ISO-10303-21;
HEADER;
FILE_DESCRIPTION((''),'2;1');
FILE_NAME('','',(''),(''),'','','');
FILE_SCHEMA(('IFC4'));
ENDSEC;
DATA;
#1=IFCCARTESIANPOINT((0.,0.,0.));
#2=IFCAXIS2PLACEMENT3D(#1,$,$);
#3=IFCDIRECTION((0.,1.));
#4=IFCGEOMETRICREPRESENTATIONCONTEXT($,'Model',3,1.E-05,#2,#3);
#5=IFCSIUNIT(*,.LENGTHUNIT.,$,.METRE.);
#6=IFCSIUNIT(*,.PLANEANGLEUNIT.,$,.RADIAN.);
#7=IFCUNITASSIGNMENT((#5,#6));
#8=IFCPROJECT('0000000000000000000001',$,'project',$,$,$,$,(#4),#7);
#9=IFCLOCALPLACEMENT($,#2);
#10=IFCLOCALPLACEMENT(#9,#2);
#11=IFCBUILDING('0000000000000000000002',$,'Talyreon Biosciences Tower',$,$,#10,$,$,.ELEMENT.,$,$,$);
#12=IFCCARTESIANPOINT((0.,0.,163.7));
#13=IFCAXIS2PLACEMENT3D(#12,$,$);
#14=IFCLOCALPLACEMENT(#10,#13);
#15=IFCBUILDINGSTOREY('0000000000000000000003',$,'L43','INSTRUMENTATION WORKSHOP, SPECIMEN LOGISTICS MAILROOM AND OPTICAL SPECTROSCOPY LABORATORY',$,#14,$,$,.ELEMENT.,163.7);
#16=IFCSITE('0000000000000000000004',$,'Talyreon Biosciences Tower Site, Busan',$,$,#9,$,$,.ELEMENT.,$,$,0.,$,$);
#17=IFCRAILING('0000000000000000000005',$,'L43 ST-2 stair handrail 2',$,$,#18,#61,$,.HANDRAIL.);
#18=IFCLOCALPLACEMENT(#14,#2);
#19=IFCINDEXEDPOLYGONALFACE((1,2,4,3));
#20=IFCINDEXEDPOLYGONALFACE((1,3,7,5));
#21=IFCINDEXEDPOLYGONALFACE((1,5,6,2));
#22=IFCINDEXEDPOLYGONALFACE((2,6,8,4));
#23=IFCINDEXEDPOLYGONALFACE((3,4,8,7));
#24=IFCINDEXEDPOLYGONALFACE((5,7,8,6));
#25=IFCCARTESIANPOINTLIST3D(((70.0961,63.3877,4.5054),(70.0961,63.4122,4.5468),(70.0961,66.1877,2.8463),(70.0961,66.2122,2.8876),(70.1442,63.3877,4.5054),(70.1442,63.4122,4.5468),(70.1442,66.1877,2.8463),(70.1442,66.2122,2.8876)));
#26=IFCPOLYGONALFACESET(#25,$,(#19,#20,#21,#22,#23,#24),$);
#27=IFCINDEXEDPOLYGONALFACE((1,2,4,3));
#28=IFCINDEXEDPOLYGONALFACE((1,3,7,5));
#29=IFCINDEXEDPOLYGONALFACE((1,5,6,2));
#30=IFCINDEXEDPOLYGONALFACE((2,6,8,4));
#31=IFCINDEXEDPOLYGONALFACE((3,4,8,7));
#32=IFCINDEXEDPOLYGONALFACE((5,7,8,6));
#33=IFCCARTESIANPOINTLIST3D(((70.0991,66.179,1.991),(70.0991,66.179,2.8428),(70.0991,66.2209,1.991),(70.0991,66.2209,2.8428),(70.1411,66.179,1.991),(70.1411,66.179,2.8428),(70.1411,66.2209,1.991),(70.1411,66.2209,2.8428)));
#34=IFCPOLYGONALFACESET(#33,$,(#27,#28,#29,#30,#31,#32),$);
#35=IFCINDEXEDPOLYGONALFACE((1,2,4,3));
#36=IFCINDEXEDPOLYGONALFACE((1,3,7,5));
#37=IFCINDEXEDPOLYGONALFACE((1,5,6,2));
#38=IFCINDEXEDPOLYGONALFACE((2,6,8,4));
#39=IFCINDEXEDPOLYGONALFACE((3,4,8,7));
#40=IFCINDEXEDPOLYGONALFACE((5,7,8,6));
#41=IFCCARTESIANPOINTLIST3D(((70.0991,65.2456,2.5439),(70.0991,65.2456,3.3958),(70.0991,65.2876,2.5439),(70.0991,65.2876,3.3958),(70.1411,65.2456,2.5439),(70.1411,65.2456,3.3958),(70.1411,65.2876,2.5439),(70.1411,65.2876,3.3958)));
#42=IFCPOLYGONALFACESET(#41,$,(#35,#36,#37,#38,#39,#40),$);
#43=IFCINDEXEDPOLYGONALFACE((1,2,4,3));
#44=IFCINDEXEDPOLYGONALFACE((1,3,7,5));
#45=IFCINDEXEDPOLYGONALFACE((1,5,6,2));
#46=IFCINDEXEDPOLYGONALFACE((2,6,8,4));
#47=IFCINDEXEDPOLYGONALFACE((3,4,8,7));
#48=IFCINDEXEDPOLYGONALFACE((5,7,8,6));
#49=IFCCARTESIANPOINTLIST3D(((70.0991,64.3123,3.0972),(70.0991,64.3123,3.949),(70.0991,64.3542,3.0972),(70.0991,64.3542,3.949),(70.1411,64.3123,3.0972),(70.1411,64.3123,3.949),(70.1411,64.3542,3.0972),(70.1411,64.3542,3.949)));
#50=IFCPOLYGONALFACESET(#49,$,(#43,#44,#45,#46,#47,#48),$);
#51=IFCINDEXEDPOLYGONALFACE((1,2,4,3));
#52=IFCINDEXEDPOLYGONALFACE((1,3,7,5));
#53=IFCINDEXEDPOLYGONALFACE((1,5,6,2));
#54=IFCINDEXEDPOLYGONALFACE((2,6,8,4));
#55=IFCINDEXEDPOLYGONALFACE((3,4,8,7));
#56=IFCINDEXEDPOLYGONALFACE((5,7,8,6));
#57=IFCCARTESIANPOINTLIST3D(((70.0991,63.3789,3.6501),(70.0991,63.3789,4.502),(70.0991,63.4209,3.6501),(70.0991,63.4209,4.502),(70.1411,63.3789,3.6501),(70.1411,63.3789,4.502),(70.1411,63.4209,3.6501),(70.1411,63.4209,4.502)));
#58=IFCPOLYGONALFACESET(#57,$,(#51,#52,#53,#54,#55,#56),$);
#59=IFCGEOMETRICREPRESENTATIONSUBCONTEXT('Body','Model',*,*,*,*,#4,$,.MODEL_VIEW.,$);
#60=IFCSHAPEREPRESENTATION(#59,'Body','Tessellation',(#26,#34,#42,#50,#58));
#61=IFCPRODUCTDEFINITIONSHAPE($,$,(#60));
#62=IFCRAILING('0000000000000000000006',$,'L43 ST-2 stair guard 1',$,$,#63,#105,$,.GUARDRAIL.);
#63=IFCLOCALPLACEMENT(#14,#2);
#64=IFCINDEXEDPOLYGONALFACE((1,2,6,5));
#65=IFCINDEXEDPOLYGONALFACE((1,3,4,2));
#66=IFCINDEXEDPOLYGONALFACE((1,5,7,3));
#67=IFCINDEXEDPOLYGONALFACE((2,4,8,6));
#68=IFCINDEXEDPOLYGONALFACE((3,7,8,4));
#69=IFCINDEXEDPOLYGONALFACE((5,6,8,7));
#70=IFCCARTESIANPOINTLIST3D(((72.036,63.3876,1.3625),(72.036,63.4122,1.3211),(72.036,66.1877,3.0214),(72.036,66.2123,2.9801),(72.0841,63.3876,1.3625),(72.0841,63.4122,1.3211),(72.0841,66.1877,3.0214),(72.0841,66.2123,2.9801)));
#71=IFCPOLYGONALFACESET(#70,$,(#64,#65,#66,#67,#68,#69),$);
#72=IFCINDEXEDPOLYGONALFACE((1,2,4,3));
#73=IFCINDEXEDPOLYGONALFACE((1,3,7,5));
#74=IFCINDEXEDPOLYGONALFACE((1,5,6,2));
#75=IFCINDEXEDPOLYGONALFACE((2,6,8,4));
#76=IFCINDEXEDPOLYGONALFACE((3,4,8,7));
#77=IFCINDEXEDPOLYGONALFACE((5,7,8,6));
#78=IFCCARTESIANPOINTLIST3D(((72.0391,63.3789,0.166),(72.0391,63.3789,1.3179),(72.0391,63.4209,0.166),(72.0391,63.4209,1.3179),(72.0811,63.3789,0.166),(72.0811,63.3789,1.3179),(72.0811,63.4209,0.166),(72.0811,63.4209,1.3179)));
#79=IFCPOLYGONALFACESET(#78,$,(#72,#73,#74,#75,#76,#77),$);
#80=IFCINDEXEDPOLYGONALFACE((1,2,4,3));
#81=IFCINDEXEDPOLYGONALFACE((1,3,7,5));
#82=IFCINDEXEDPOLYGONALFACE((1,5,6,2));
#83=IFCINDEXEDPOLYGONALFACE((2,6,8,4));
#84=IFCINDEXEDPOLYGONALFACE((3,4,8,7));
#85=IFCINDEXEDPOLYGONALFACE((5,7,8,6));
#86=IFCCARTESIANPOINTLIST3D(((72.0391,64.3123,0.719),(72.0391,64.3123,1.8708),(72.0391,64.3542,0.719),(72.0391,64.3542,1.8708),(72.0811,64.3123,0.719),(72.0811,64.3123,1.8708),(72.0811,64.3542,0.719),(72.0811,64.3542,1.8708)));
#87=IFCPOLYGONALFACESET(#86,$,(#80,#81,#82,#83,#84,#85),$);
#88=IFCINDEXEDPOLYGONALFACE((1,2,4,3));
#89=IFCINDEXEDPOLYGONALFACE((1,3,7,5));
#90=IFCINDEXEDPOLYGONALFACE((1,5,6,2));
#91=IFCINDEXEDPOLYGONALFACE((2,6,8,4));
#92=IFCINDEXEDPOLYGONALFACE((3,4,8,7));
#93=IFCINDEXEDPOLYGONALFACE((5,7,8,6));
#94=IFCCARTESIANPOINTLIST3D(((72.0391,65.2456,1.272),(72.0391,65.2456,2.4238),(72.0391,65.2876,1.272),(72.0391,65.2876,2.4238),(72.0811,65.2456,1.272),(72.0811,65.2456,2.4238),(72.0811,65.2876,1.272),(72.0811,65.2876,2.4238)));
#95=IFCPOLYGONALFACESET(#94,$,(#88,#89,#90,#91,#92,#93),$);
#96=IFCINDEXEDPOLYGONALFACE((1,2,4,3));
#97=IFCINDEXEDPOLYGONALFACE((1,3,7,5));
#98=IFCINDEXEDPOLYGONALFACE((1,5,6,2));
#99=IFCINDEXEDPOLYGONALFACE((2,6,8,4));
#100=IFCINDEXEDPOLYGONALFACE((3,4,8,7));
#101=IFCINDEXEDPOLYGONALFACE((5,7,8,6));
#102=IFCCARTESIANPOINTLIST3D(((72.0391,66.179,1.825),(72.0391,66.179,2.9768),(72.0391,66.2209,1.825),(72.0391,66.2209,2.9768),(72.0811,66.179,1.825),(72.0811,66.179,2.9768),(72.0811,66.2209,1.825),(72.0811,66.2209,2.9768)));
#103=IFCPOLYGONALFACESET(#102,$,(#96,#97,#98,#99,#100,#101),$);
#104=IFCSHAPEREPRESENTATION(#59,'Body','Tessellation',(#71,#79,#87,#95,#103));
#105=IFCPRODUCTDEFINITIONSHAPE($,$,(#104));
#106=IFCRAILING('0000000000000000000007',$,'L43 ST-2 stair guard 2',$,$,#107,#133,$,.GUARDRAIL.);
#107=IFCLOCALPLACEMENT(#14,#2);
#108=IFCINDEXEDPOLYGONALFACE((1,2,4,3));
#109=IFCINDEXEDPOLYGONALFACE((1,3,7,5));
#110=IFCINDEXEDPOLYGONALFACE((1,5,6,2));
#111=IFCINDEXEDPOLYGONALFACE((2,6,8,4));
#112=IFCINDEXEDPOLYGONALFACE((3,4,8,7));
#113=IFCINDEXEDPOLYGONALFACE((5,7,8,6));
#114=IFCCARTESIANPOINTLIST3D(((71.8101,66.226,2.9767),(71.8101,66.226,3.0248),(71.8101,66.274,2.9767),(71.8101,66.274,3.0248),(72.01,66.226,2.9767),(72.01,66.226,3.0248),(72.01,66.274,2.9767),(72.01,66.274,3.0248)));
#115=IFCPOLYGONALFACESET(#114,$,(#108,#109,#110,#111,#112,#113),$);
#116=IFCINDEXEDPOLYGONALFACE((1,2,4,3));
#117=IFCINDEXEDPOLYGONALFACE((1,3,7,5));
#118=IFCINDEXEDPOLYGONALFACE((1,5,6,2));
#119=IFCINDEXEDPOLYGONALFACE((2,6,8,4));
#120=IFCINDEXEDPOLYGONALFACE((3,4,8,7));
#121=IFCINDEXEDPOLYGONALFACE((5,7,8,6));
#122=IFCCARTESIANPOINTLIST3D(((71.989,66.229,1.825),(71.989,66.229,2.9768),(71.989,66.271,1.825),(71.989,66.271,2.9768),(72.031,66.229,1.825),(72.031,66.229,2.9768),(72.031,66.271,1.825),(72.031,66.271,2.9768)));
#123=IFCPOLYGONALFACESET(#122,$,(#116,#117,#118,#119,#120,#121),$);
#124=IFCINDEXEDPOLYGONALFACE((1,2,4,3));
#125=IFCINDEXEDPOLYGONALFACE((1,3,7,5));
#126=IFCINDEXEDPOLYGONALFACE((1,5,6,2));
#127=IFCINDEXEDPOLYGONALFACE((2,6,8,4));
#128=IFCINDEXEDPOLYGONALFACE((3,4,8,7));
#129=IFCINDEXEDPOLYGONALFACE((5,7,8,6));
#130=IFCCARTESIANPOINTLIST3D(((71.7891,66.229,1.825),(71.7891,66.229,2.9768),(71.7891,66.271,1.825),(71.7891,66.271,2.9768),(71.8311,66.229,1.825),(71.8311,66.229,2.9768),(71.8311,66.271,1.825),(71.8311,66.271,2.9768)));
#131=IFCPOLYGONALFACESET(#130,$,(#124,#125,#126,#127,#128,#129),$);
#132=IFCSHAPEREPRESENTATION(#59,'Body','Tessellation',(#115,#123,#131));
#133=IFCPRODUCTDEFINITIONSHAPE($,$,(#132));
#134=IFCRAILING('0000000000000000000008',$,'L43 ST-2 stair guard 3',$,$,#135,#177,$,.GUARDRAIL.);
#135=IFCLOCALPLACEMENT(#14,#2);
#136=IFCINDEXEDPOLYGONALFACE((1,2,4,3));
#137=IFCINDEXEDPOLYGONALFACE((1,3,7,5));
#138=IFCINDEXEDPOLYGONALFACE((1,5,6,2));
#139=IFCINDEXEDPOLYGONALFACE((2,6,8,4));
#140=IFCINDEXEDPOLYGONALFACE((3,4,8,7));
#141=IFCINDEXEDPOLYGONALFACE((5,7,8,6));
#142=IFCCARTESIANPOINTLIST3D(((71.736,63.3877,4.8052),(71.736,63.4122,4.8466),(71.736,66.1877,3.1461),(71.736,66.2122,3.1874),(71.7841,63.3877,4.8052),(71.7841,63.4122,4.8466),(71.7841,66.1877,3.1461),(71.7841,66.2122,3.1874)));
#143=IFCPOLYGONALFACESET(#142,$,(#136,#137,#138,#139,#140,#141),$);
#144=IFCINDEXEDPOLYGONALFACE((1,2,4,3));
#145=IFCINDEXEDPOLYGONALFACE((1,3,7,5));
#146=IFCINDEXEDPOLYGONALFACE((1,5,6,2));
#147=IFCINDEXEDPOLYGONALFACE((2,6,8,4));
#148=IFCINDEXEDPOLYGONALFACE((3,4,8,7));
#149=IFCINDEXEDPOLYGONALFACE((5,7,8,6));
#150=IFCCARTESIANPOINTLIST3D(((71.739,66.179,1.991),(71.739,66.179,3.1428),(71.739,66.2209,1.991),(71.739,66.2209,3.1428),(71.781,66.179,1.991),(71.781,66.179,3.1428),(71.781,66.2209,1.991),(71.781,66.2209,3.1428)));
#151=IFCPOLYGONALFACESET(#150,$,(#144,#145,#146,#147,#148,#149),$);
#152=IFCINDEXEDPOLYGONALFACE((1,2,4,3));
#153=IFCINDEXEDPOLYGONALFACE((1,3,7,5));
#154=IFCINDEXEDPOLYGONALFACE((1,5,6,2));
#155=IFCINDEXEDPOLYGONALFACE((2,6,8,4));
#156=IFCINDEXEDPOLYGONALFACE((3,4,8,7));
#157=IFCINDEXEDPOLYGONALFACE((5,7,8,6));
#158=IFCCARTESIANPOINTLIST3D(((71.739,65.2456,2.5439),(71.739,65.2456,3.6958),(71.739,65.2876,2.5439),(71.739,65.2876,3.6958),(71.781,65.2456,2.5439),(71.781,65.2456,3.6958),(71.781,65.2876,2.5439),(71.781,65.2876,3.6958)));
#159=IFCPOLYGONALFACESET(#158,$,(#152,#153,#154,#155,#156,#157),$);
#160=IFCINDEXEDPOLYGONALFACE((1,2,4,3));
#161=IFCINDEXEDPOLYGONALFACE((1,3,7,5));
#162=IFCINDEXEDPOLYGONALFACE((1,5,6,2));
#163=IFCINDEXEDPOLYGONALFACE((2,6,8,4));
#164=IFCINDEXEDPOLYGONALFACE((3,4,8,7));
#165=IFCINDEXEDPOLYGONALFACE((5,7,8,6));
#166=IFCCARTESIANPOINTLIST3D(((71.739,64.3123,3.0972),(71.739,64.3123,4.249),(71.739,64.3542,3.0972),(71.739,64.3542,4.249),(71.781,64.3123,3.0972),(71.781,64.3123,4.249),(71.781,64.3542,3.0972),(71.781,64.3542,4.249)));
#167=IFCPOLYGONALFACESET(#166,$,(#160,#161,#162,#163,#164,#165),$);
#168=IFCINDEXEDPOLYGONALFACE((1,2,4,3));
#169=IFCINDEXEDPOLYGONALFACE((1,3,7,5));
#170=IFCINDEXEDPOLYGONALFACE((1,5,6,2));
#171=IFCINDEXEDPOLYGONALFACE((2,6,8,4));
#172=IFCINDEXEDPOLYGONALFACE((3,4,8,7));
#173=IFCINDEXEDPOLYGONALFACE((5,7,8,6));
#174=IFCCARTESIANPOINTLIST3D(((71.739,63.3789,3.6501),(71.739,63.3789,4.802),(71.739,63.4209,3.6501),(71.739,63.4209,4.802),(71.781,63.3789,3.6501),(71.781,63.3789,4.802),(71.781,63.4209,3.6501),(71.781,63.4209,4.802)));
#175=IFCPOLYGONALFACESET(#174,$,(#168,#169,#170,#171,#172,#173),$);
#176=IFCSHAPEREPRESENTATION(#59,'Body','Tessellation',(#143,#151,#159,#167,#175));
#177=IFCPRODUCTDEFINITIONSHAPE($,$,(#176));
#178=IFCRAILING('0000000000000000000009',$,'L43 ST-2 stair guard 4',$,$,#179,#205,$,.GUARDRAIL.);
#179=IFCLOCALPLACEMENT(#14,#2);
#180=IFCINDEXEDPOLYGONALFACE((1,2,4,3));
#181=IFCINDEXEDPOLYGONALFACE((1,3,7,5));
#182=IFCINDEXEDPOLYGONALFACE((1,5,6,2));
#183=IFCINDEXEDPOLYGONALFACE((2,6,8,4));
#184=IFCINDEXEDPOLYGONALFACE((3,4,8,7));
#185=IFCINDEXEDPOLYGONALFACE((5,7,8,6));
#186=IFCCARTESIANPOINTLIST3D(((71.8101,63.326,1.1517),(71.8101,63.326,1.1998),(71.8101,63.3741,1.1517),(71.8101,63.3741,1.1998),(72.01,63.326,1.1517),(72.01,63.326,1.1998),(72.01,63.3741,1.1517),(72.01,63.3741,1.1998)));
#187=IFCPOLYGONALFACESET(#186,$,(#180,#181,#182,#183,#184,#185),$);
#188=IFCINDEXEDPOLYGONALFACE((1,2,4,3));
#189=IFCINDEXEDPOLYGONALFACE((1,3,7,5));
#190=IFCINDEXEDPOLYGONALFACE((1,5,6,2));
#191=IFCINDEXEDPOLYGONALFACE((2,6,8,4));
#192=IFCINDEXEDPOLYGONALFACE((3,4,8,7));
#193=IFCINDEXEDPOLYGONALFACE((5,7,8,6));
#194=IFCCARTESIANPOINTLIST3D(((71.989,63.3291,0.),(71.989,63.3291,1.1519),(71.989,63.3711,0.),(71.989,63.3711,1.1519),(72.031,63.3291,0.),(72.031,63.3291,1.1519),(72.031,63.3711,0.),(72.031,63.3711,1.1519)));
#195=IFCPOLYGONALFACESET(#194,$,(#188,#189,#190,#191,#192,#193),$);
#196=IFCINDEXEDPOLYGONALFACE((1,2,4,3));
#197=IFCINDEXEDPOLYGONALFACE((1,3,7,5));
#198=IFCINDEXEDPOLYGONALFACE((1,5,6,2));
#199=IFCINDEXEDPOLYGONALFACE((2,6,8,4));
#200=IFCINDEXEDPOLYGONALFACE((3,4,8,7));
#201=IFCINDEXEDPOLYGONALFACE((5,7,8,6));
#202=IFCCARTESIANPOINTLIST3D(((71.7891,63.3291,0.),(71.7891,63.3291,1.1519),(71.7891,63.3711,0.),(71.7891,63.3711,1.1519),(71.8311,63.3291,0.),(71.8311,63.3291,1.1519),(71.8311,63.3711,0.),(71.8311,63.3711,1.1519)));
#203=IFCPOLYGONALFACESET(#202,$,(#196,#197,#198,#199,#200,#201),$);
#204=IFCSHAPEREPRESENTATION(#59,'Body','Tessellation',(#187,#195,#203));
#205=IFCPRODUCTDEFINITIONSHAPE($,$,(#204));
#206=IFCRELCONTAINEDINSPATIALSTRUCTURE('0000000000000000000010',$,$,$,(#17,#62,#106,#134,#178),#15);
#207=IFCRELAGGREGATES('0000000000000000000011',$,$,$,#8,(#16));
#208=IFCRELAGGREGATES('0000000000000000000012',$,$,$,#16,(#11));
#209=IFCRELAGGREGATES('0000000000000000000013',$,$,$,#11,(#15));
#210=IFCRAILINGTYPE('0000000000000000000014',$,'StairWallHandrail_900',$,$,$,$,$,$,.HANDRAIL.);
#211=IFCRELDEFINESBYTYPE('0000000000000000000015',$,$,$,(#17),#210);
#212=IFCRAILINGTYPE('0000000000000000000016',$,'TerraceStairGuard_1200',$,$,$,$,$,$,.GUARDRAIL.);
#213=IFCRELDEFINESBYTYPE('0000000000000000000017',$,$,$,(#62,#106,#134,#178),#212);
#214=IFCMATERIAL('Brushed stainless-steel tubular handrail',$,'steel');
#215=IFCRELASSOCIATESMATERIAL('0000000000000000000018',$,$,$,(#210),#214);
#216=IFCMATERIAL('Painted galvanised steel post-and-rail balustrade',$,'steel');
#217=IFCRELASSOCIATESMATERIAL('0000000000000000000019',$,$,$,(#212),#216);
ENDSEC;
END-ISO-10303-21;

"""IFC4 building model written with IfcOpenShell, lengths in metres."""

from ifc_helpers import new_model, si_unit, direction, frame, origin, origin_2d, place, context, subcontext, project, spatial, rectangle, extrude, material, type_object, element, save


model = new_model("IFC4")

# Units and contexts
model_context = context("Model", 3, precision=1e-05, world=origin(), true_north=direction((0.0, 1.0)))
body_context = subcontext(model_context, "Body", "Model", "MODEL_VIEW")
ifc_project = project(units=[si_unit("LENGTHUNIT", "METRE"), si_unit("PLANEANGLEUNIT", "RADIAN")], contexts=[model_context])

# Site, building, storey
site_placement = place(None, origin())
site = spatial("IfcSite", under=ifc_project, at=site_placement, Name="Talyreon Biosciences Tower Site, Busan", CompositionType="ELEMENT", RefElevation=0.0)
building_placement = place(site_placement, origin())
building = spatial("IfcBuilding", under=site, at=building_placement, Name="Talyreon Biosciences Tower", CompositionType="ELEMENT")
storey_placement = place(building_placement, frame((0.0, 0.0, 163.7)))
storey = spatial("IfcBuildingStorey", under=building, at=storey_placement, Name="L43", Description="INSTRUMENTATION WORKSHOP, SPECIMEN LOGISTICS MAILROOM AND OPTICAL SPECTROSCOPY LABORATORY", CompositionType="ELEMENT", Elevation=163.7)

# Railings
ifc_material_1 = material(Name="Brushed stainless-steel tubular handrail", Category="steel")
railing_type_1 = type_object("IfcRailingType", Name="StairWallHandrail_900", PredefinedType="HANDRAIL", material=ifc_material_1)
railing_1_placement = place(storey_placement, frame((70.1201, 66.2, 1.991)))
element("IfcRailing", 1, at=railing_1_placement, inside=storey, type_object=railing_type_1, Name="L43 ST-2 stair handrail 2", PredefinedType="HANDRAIL", context=body_context, shape_type="SweptSolid", body=[
    extrude(rectangle(XDim=0.0481, YDim=0.0481, at=origin_2d()), frame((0.0, 0.0, 0.876), z_axis=(0.0, -0.860306, 0.509778), x_axis=(1.0, 0.0, 0.0)), (0.0, 0.0, 1.0), 3.2546),
    extrude(rectangle(XDim=0.042, YDim=0.042, at=origin_2d()), origin(), (0.0, 0.0, 1.0), 0.8518),
    extrude(rectangle(XDim=0.042, YDim=0.042, at=origin_2d()), frame((0.0, -0.9333, 0.553)), (0.0, 0.0, 1.0), 0.8518),
    extrude(rectangle(XDim=0.042, YDim=0.042, at=origin_2d()), frame((0.0, -1.8667, 1.1062)), (0.0, 0.0, 1.0), 0.8518),
    extrude(rectangle(XDim=0.042, YDim=0.042, at=origin_2d()), frame((0.0, -2.8, 1.6592)), (0.0, 0.0, 1.0), 0.8518),
])
ifc_material_2 = material(Name="Painted galvanised steel post-and-rail balustrade", Category="steel")
railing_type_2 = type_object("IfcRailingType", Name="TerraceStairGuard_1200", PredefinedType="GUARDRAIL", material=ifc_material_2)
railing_2_placement = place(storey_placement, frame((72.0601, 63.3999, 0.166)))
element("IfcRailing", 2, at=railing_2_placement, inside=storey, type_object=railing_type_2, Name="L43 ST-2 stair guard 1", PredefinedType="GUARDRAIL", context=body_context, shape_type="SweptSolid", body=[
    extrude(rectangle(XDim=0.0481, YDim=0.0481, at=origin_2d()), frame((0.0, 0.0, 1.1758), z_axis=(0.0, 0.860339, 0.509722), x_axis=(-1.0, 0.0, 0.0)), (0.0, 0.0, 1.0), 3.2546),
    extrude(rectangle(XDim=0.042, YDim=0.042, at=origin_2d()), origin(), (0.0, 0.0, 1.0), 1.1519),
    extrude(rectangle(XDim=0.042, YDim=0.042, at=origin_2d()), frame((0.0, 0.9333, 0.553)), (0.0, 0.0, 1.0), 1.1519),
    extrude(rectangle(XDim=0.042, YDim=0.042, at=origin_2d()), frame((0.0, 1.8667, 1.106)), (0.0, 0.0, 1.0), 1.1519),
    extrude(rectangle(XDim=0.042, YDim=0.042, at=origin_2d()), frame((0.0, 2.8, 1.6589)), (0.0, 0.0, 1.0), 1.1519),
])
railing_3_placement = place(storey_placement, frame((72.01, 66.25, 1.825)))
element("IfcRailing", 3, at=railing_3_placement, inside=storey, type_object=railing_type_2, Name="L43 ST-2 stair guard 2", PredefinedType="GUARDRAIL", context=body_context, shape_type="SweptSolid", body=[
    extrude(rectangle(XDim=0.0481, YDim=0.0481, at=origin_2d()), frame((0.0, 0.0, 1.1758), z_axis=(-1.0, 0.0, 0.0), x_axis=(0.0, -1.0, 0.0)), (0.0, 0.0, 1.0), 0.2),
    extrude(rectangle(XDim=0.042, YDim=0.042, at=origin_2d()), origin(), (0.0, 0.0, 1.0), 1.1519),
    extrude(rectangle(XDim=0.042, YDim=0.042, at=origin_2d()), frame((-0.2, 0.0, 0.0)), (0.0, 0.0, 1.0), 1.1519),
])
railing_4_placement = place(storey_placement, frame((71.76, 66.2, 1.991)))
element("IfcRailing", 4, at=railing_4_placement, inside=storey, type_object=railing_type_2, Name="L43 ST-2 stair guard 3", PredefinedType="GUARDRAIL", context=body_context, shape_type="SweptSolid", body=[
    extrude(rectangle(XDim=0.0481, YDim=0.0481, at=origin_2d()), frame((0.0, 0.0, 1.1758), z_axis=(0.0, -0.860306, 0.509778), x_axis=(1.0, 0.0, 0.0)), (0.0, 0.0, 1.0), 3.2546),
    extrude(rectangle(XDim=0.042, YDim=0.042, at=origin_2d()), origin(), (0.0, 0.0, 1.0), 1.1519),
    extrude(rectangle(XDim=0.042, YDim=0.042, at=origin_2d()), frame((0.0, -0.9333, 0.553)), (0.0, 0.0, 1.0), 1.1519),
    extrude(rectangle(XDim=0.042, YDim=0.042, at=origin_2d()), frame((0.0, -1.8667, 1.1062)), (0.0, 0.0, 1.0), 1.1519),
    extrude(rectangle(XDim=0.042, YDim=0.042, at=origin_2d()), frame((0.0, -2.8, 1.6592)), (0.0, 0.0, 1.0), 1.1519),
])
railing_5_placement = place(storey_placement, frame((72.01, 63.3501, 0.0)))
element("IfcRailing", 5, at=railing_5_placement, inside=storey, type_object=railing_type_2, Name="L43 ST-2 stair guard 4", PredefinedType="GUARDRAIL", context=body_context, shape_type="SweptSolid", body=[
    extrude(rectangle(XDim=0.0481, YDim=0.0481, at=origin_2d()), frame((0.0, 0.0, 1.1758), z_axis=(-1.0, 0.0, 0.0), x_axis=(0.0, -1.0, 0.0)), (0.0, 0.0, 1.0), 0.2),
    extrude(rectangle(XDim=0.042, YDim=0.042, at=origin_2d()), origin(), (0.0, 0.0, 1.0), 1.1519),
    extrude(rectangle(XDim=0.042, YDim=0.042, at=origin_2d()), frame((-0.2, 0.0, 0.0)), (0.0, 0.0, 1.0), 1.1519),
])

save(model, "model.ifc")
